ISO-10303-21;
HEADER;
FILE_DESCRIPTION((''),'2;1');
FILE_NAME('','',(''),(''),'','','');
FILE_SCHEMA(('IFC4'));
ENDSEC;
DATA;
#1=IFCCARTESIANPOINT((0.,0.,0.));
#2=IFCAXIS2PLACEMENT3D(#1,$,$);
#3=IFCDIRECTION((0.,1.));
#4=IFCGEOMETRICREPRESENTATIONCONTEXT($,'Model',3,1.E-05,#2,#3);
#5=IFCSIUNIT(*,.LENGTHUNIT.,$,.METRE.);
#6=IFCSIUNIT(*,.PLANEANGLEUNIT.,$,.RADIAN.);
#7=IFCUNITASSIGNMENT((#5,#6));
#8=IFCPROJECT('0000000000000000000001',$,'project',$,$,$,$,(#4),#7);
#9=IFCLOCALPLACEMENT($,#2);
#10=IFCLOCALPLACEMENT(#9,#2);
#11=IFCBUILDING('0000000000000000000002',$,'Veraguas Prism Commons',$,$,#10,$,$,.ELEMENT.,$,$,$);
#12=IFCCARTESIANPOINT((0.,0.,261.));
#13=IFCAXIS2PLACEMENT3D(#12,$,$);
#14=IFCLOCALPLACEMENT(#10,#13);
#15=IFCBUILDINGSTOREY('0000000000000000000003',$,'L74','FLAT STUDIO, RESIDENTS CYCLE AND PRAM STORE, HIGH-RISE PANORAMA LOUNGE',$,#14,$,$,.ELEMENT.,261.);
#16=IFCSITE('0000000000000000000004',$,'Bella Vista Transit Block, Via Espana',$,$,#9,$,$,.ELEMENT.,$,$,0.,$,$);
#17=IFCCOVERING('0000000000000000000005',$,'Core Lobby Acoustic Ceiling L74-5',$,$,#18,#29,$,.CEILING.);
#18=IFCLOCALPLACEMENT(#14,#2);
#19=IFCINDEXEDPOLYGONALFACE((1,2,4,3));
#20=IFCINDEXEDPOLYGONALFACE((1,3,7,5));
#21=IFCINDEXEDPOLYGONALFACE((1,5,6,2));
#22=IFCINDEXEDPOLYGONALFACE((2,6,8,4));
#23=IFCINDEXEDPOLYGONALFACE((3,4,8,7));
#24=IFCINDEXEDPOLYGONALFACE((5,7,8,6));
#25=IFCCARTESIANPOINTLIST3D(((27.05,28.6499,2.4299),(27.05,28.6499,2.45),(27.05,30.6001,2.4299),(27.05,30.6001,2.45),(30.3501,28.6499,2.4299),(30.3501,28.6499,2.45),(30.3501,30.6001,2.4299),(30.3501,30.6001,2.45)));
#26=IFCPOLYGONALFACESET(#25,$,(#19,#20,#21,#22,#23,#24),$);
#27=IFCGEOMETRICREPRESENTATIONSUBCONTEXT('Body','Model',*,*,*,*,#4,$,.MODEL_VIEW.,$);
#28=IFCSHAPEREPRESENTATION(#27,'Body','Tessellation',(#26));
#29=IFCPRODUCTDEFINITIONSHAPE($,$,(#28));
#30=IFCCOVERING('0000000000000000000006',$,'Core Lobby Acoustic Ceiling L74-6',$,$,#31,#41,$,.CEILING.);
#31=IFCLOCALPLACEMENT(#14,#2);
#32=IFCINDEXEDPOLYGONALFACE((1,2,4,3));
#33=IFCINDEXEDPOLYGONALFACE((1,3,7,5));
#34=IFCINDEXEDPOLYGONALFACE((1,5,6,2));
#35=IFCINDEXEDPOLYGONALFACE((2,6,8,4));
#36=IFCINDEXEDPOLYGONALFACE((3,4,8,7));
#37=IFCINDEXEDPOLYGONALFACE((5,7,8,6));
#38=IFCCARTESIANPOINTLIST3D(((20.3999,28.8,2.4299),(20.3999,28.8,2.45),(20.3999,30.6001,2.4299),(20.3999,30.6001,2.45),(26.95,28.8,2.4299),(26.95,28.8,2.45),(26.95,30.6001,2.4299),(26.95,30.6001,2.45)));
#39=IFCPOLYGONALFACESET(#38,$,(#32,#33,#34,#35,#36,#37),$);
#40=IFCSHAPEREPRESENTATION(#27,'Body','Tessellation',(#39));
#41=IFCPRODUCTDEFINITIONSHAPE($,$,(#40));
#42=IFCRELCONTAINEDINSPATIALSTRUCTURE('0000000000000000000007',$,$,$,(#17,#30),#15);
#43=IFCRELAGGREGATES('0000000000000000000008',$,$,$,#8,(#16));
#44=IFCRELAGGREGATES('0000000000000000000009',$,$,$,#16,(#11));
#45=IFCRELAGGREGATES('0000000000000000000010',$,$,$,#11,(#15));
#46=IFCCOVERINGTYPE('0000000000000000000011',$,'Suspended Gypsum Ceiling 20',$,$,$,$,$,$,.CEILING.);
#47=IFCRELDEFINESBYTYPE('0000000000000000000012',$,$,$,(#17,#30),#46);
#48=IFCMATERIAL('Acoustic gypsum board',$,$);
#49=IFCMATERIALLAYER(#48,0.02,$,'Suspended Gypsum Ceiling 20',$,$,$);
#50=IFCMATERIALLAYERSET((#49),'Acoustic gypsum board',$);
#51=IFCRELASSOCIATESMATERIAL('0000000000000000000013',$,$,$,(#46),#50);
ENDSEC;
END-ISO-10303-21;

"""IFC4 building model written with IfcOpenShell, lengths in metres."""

from ifc_helpers import new_model, si_unit, direction, frame, origin, place, context, subcontext, project, spatial, polyline, outline, extrude, material, layer, layer_set, type_object, element, save


model = new_model("IFC4")

# Units and contexts
model_context = context("Model", 3, precision=1e-05, world=origin(), true_north=direction((0.0, 1.0)))
body_context = subcontext(model_context, "Body", "Model", "MODEL_VIEW")
ifc_project = project(units=[si_unit("LENGTHUNIT", "METRE"), si_unit("PLANEANGLEUNIT", "RADIAN")], contexts=[model_context])

# Site, building, storey
site_placement = place(None, origin())
site = spatial("IfcSite", under=ifc_project, at=site_placement, Name="Bella Vista Transit Block, Via Espana", CompositionType="ELEMENT", RefElevation=0.0)
building_placement = place(site_placement, origin())
building = spatial("IfcBuilding", under=site, at=building_placement, Name="Veraguas Prism Commons", CompositionType="ELEMENT")
storey_placement = place(building_placement, frame((0.0, 0.0, 261.0)))
storey = spatial("IfcBuildingStorey", under=building, at=storey_placement, Name="L74", Description="FLAT STUDIO, RESIDENTS CYCLE AND PRAM STORE, HIGH-RISE PANORAMA LOUNGE", CompositionType="ELEMENT", Elevation=261.0)

# Coverings
ifc_material_1 = material(Name="Acoustic gypsum board")
ifc_layer_1 = layer(ifc_material_1, 0.02, Name="Suspended Gypsum Ceiling 20")
ifc_layer_set_1 = layer_set([ifc_layer_1], Name="Acoustic gypsum board")
covering_type_1 = type_object("IfcCoveringType", Name="Suspended Gypsum Ceiling 20", PredefinedType="CEILING", material=ifc_layer_set_1)
covering_1_placement = place(storey_placement, frame((0.0, 0.0, 2.4299)))
element("IfcCovering", 1, at=covering_1_placement, inside=storey, type_object=covering_type_1, Name="Core Lobby Acoustic Ceiling L74-5", PredefinedType="CEILING", context=body_context, shape_type="SweptSolid", body=[
    extrude(outline(polyline([(27.05, 28.6499), (30.3501, 28.6499), (30.3501, 30.6001), (27.05, 30.6001), (27.05, 28.6499)])), origin(), (0.0, 0.0, 1.0), 0.02),
])
covering_2_placement = place(storey_placement, frame((0.0, 0.0, 2.4299)))
element("IfcCovering", 2, at=covering_2_placement, inside=storey, type_object=covering_type_1, Name="Core Lobby Acoustic Ceiling L74-6", PredefinedType="CEILING", context=body_context, shape_type="SweptSolid", body=[
    extrude(outline(polyline([(20.3999, 28.8), (26.95, 28.8), (26.95, 30.6001), (20.3999, 30.6001), (20.3999, 28.8)])), origin(), (0.0, 0.0, 1.0), 0.02),
])

save(model, "model.ifc")
